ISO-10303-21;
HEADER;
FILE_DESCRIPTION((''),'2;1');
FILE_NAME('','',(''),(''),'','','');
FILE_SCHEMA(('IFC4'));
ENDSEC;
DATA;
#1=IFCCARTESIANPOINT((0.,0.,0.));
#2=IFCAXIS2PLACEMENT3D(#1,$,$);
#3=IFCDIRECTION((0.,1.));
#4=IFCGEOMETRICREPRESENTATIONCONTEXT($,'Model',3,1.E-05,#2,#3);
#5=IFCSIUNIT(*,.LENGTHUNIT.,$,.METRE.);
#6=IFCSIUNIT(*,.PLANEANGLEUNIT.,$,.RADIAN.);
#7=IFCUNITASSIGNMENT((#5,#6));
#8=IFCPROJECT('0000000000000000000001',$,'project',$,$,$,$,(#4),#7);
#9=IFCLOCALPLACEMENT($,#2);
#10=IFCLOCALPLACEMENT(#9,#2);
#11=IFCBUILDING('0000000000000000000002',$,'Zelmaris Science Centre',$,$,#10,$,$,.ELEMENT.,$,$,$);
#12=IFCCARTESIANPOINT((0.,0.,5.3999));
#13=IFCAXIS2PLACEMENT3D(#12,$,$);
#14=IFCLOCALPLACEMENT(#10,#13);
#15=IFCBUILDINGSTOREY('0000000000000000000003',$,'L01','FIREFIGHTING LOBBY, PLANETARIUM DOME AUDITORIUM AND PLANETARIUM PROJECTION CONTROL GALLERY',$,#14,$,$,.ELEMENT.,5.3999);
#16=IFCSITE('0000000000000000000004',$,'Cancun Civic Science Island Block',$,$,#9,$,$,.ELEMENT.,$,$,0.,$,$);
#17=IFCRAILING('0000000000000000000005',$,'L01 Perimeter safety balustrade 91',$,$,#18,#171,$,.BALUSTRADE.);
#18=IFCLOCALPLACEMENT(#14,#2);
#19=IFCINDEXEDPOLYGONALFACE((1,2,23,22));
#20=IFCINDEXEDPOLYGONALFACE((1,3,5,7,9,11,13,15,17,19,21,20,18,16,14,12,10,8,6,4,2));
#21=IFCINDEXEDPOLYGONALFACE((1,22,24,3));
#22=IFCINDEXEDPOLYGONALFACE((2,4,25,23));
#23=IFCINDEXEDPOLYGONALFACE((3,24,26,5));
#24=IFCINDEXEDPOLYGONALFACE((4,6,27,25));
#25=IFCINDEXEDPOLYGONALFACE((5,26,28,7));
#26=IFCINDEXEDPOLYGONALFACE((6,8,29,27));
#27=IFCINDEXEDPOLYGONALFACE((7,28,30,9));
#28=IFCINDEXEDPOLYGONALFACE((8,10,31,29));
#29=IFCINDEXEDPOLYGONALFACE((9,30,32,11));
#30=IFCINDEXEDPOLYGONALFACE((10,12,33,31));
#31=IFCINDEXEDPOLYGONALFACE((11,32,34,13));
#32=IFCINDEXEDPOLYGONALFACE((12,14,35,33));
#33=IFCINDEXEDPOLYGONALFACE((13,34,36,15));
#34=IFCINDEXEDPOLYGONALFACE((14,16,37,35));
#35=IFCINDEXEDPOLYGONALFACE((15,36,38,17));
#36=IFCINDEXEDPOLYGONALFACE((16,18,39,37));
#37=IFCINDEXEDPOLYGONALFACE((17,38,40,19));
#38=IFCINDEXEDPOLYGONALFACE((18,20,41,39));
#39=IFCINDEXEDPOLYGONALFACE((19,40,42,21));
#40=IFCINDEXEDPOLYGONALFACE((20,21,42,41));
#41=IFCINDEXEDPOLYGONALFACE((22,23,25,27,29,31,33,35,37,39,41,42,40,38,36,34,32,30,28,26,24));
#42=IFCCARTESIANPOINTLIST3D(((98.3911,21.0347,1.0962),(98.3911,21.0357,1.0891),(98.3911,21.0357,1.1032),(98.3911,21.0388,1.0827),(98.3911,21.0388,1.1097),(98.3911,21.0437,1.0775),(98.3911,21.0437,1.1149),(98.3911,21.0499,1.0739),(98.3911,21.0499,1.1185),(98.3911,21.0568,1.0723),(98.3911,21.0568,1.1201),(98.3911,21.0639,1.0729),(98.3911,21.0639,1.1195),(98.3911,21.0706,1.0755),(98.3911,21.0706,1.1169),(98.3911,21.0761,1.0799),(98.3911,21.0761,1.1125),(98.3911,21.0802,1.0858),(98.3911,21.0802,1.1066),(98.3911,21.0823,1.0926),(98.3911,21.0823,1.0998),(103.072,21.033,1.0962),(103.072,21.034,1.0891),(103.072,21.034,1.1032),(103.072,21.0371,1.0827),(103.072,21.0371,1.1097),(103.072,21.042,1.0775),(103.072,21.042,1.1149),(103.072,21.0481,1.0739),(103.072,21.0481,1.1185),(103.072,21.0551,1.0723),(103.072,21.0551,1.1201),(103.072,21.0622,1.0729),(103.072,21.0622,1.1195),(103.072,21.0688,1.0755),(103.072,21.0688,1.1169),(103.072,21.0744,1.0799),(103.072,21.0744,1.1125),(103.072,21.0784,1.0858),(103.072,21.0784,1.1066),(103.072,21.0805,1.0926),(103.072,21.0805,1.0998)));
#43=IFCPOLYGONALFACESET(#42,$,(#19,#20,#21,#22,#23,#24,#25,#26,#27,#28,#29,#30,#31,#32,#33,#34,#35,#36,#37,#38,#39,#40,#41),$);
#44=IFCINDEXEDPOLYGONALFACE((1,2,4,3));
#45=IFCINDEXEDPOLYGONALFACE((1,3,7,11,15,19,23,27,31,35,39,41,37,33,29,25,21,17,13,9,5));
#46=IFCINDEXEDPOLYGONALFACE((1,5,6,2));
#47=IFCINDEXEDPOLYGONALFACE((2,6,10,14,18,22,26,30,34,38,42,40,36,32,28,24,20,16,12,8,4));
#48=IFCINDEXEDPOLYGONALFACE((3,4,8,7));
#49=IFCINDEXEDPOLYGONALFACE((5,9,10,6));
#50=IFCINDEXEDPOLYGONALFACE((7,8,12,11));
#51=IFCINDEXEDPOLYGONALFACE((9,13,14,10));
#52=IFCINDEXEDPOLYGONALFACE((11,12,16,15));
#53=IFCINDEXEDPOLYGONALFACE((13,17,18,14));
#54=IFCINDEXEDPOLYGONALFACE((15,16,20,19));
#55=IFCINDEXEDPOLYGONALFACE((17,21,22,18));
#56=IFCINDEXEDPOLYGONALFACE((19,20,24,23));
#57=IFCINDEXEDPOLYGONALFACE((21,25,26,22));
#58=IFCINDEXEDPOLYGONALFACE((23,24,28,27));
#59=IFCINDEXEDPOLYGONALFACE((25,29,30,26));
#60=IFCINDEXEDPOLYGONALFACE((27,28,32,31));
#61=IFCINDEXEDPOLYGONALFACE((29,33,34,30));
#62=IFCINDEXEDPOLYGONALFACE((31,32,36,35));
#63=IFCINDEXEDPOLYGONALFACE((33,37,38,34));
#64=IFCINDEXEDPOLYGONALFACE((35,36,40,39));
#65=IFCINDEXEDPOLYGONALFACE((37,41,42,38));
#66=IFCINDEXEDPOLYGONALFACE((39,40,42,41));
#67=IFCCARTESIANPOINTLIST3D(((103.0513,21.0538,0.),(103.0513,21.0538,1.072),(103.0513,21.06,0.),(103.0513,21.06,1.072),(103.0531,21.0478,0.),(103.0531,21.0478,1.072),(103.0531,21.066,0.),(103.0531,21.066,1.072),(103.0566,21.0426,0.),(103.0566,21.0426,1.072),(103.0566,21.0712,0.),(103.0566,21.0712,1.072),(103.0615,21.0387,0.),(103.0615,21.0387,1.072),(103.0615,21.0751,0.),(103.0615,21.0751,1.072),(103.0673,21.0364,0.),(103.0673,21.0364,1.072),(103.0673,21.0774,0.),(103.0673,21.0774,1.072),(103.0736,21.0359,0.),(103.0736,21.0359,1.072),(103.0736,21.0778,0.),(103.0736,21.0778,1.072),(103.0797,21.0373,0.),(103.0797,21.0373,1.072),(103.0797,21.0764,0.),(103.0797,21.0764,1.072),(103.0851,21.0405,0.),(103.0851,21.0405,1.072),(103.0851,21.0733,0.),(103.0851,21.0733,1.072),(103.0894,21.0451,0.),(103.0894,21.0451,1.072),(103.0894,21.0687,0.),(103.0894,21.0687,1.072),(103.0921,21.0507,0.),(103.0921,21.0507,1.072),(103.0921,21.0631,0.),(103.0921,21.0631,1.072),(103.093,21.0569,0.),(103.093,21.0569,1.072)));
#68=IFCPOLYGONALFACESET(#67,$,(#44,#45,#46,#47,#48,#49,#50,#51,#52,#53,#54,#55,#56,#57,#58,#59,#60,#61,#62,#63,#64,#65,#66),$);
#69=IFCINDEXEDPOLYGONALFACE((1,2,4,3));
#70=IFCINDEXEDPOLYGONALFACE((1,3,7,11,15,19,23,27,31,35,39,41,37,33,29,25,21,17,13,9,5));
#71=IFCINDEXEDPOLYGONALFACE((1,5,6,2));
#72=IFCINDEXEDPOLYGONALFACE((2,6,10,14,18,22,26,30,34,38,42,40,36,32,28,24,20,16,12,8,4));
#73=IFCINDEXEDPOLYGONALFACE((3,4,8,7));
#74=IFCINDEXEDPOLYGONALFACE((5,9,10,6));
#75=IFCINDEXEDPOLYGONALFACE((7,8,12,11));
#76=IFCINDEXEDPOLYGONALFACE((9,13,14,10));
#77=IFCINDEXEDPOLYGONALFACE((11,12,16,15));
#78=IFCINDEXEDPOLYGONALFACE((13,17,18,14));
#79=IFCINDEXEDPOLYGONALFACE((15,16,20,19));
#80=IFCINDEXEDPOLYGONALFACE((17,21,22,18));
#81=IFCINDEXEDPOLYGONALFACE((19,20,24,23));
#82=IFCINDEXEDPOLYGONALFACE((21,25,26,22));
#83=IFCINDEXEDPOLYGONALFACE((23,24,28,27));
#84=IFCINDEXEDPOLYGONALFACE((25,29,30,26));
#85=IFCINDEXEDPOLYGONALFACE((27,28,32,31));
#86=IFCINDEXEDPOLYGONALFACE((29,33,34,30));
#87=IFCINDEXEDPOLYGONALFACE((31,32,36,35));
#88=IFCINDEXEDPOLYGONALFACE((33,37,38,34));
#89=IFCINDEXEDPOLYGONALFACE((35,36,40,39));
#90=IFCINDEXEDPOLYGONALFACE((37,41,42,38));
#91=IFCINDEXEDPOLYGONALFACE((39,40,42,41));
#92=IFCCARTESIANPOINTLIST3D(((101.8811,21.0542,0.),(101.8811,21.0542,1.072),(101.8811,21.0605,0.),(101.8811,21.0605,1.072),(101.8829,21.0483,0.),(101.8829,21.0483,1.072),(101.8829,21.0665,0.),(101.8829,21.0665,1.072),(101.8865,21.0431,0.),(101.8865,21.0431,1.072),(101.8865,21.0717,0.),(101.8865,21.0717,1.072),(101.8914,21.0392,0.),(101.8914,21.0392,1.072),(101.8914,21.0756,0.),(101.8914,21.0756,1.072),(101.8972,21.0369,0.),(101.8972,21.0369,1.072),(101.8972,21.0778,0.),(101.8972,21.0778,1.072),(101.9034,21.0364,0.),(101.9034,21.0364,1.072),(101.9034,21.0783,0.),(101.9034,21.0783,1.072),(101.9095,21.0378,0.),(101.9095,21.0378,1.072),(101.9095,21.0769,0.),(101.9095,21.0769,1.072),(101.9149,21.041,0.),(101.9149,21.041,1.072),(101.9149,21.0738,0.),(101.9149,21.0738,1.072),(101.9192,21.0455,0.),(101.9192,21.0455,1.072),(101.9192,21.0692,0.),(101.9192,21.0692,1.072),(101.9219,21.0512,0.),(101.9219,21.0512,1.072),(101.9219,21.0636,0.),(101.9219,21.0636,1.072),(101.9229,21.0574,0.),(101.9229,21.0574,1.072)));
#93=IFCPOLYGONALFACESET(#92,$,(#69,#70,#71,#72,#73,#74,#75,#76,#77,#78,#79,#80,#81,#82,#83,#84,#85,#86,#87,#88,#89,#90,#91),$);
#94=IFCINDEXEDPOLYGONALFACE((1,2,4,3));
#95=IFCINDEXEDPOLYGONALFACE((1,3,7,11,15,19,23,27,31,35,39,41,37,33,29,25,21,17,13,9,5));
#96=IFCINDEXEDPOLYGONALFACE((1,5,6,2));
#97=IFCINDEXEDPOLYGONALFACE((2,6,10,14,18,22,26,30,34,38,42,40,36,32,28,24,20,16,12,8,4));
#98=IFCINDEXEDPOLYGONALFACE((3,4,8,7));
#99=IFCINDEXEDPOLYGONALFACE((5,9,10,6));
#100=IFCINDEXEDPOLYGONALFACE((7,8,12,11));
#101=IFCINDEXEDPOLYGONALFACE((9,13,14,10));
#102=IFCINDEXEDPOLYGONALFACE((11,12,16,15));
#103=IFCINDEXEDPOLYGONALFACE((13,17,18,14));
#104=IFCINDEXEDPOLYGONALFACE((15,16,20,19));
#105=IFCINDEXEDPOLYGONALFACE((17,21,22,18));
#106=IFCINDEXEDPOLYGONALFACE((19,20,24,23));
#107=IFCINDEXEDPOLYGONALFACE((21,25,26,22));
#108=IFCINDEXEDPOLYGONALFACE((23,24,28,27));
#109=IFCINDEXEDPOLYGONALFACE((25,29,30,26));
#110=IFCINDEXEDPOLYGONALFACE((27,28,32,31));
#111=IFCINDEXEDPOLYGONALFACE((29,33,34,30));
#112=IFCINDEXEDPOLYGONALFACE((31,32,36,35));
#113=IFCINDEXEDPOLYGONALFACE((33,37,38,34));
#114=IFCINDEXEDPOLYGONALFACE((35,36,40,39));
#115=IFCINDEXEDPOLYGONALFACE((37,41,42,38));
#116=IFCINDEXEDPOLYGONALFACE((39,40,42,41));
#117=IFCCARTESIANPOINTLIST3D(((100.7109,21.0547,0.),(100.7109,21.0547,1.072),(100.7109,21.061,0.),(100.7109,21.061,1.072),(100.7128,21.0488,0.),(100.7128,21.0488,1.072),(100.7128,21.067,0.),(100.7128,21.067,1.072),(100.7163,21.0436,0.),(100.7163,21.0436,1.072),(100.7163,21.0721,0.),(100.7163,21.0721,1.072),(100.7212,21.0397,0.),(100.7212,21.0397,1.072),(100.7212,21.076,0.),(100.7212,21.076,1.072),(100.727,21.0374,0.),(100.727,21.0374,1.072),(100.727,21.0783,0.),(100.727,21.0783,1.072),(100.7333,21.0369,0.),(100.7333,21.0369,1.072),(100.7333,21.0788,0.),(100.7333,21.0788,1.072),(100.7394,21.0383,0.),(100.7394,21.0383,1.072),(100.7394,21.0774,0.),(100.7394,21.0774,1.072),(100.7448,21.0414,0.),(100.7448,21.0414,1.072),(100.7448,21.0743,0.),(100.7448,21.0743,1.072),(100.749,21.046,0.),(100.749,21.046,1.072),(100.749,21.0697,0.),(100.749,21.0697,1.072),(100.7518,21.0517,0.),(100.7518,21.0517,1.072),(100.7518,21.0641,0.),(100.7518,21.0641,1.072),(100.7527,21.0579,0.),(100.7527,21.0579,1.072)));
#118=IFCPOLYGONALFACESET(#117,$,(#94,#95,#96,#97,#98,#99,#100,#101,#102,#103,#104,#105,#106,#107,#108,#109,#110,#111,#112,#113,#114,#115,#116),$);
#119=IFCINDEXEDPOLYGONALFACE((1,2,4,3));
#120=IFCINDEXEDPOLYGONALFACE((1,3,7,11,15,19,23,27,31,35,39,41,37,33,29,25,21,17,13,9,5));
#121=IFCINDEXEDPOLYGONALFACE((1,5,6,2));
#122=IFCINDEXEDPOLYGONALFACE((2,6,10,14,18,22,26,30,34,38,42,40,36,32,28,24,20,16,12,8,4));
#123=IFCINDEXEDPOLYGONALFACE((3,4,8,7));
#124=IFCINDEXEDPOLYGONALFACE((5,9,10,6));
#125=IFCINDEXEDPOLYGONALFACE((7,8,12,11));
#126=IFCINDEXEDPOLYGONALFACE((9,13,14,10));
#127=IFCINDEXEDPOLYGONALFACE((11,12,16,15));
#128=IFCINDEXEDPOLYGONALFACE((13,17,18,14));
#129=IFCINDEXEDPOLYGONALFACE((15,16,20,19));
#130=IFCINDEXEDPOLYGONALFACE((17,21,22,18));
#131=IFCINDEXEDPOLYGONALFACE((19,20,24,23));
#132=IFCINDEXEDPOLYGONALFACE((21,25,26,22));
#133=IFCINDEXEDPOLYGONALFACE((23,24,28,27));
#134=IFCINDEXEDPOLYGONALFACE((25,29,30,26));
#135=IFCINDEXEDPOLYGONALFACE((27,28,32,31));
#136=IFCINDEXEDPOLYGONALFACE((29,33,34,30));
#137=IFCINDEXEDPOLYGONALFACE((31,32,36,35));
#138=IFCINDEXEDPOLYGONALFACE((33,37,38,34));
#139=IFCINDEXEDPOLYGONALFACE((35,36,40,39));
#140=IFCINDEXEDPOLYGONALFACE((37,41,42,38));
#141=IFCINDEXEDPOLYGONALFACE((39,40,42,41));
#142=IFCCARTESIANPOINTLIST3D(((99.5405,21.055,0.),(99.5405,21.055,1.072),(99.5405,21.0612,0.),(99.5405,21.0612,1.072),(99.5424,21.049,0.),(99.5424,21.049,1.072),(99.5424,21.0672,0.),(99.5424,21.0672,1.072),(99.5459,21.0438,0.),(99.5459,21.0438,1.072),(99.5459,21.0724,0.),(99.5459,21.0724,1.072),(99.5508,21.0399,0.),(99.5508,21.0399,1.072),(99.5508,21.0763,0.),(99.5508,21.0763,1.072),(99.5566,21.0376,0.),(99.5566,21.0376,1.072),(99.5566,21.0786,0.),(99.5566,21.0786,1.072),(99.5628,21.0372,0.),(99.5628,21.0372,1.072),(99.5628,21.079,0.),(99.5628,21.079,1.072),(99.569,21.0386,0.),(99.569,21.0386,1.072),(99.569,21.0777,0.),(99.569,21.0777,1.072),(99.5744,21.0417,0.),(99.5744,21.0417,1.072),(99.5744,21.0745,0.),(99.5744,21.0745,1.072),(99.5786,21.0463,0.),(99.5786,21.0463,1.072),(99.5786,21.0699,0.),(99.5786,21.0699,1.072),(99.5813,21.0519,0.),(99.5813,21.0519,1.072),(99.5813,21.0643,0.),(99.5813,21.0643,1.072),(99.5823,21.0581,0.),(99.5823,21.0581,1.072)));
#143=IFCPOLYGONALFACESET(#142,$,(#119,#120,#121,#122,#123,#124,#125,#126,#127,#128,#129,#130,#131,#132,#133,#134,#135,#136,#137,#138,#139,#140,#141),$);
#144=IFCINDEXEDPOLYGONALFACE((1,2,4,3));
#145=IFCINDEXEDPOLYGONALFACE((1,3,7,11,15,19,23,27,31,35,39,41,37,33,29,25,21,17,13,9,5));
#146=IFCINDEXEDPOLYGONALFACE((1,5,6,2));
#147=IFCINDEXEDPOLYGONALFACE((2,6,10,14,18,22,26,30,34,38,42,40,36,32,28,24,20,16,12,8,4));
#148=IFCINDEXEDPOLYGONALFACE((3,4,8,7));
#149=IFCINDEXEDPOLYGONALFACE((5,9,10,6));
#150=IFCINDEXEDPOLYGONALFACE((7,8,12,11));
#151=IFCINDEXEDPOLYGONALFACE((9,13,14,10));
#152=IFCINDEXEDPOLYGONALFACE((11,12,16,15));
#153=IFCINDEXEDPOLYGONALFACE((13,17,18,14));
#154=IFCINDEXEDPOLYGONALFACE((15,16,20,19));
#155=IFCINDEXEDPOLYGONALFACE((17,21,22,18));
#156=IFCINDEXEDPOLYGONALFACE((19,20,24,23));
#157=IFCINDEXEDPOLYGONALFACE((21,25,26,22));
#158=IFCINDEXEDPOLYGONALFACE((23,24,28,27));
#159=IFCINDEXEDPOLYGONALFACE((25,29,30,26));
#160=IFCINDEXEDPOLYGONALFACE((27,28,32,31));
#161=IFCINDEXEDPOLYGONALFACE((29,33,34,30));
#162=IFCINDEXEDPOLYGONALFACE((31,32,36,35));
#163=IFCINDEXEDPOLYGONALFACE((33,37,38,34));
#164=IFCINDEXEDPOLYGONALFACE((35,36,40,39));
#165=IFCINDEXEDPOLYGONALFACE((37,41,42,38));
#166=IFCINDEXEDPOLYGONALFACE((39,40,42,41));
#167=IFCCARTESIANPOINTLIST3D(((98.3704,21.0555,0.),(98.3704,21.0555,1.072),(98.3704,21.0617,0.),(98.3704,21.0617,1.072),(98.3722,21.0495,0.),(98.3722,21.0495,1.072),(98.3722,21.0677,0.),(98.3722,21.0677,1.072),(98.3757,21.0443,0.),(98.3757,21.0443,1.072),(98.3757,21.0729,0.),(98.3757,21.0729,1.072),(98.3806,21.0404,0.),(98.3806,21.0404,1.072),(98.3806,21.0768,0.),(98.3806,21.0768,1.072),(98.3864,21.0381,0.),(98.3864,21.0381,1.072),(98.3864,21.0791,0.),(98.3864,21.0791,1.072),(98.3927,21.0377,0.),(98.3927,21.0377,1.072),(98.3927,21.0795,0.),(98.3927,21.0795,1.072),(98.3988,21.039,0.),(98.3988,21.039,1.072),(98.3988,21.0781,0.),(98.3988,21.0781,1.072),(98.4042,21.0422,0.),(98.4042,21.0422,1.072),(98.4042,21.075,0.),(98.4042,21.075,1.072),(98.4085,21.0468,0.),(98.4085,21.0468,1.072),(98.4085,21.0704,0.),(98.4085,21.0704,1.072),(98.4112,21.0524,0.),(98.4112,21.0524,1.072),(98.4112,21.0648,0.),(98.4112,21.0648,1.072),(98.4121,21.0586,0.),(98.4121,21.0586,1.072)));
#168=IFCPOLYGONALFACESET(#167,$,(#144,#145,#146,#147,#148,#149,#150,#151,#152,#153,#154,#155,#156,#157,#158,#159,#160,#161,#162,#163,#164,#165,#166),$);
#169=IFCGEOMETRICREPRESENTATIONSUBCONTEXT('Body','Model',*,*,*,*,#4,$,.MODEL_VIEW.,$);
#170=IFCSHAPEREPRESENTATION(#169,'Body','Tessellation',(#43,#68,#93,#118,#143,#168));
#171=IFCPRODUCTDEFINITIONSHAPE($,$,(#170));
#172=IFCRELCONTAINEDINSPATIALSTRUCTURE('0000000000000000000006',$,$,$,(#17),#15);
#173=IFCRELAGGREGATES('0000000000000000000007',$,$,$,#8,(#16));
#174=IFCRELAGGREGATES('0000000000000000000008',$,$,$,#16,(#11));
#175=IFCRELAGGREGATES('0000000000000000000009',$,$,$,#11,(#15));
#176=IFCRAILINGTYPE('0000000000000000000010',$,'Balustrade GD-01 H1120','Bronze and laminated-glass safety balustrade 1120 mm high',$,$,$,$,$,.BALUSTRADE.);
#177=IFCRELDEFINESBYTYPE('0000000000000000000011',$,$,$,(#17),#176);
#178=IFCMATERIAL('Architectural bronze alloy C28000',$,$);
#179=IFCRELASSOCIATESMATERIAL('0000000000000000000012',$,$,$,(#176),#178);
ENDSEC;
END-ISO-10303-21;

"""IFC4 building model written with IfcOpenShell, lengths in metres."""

from ifc_helpers import new_model, si_unit, direction, frame, origin, origin_2d, place, context, subcontext, project, spatial, circle, extrude, material, type_object, element, save


model = new_model("IFC4")

# Units and contexts
model_context = context("Model", 3, precision=1e-05, world=origin(), true_north=direction((0.0, 1.0)))
body_context = subcontext(model_context, "Body", "Model", "MODEL_VIEW")
ifc_project = project(units=[si_unit("LENGTHUNIT", "METRE"), si_unit("PLANEANGLEUNIT", "RADIAN")], contexts=[model_context])

# Site, building, storey
site_placement = place(None, origin())
site = spatial("IfcSite", under=ifc_project, at=site_placement, Name="Cancun Civic Science Island Block", CompositionType="ELEMENT", RefElevation=0.0)
building_placement = place(site_placement, origin())
building = spatial("IfcBuilding", under=site, at=building_placement, Name="Zelmaris Science Centre", CompositionType="ELEMENT")
storey_placement = place(building_placement, frame((0.0, 0.0, 5.3999)))
storey = spatial("IfcBuildingStorey", under=building, at=storey_placement, Name="L01", Description="FIREFIGHTING LOBBY, PLANETARIUM DOME AUDITORIUM AND PLANETARIUM PROJECTION CONTROL GALLERY", CompositionType="ELEMENT", Elevation=5.3999)

# Railing
ifc_material_1 = material(Name="Architectural bronze alloy C28000")
railing_type = type_object("IfcRailingType", Name="Balustrade GD-01 H1120", Description="Bronze and laminated-glass safety balustrade 1120 mm high", PredefinedType="BALUSTRADE", material=ifc_material_1)
railing_placement = place(storey_placement, frame((103.072, 21.0569, 0.0)))
element("IfcRailing", 1, at=railing_placement, inside=storey, type_object=railing_type, Name="L01 Perimeter safety balustrade 91", PredefinedType="BALUSTRADE", context=body_context, shape_type="SweptSolid", body=[
    extrude(circle(Radius=0.0239, at=origin_2d()), frame((0.0, 0.0, 1.0962), z_axis=(-1.0, 0.000365, 0.0), x_axis=(-0.000365, -1.0, 0.0)), (0.0, 0.0, 1.0), 4.6809),
    extrude(circle(Radius=0.021, at=origin_2d()), origin(), (0.0, 0.0, 1.0), 1.072),
    extrude(circle(Radius=0.021, at=origin_2d()), frame((-1.1702, 0.0005, 0.0)), (0.0, 0.0, 1.0), 1.072),
    extrude(circle(Radius=0.021, at=origin_2d()), frame((-2.3403, 0.001, 0.0)), (0.0, 0.0, 1.0), 1.072),
    extrude(circle(Radius=0.021, at=origin_2d()), frame((-3.5107, 0.0012, 0.0)), (0.0, 0.0, 1.0), 1.072),
    extrude(circle(Radius=0.021, at=origin_2d()), frame((-4.6809, 0.0017, 0.0)), (0.0, 0.0, 1.0), 1.072),
])

save(model, "model.ifc")
